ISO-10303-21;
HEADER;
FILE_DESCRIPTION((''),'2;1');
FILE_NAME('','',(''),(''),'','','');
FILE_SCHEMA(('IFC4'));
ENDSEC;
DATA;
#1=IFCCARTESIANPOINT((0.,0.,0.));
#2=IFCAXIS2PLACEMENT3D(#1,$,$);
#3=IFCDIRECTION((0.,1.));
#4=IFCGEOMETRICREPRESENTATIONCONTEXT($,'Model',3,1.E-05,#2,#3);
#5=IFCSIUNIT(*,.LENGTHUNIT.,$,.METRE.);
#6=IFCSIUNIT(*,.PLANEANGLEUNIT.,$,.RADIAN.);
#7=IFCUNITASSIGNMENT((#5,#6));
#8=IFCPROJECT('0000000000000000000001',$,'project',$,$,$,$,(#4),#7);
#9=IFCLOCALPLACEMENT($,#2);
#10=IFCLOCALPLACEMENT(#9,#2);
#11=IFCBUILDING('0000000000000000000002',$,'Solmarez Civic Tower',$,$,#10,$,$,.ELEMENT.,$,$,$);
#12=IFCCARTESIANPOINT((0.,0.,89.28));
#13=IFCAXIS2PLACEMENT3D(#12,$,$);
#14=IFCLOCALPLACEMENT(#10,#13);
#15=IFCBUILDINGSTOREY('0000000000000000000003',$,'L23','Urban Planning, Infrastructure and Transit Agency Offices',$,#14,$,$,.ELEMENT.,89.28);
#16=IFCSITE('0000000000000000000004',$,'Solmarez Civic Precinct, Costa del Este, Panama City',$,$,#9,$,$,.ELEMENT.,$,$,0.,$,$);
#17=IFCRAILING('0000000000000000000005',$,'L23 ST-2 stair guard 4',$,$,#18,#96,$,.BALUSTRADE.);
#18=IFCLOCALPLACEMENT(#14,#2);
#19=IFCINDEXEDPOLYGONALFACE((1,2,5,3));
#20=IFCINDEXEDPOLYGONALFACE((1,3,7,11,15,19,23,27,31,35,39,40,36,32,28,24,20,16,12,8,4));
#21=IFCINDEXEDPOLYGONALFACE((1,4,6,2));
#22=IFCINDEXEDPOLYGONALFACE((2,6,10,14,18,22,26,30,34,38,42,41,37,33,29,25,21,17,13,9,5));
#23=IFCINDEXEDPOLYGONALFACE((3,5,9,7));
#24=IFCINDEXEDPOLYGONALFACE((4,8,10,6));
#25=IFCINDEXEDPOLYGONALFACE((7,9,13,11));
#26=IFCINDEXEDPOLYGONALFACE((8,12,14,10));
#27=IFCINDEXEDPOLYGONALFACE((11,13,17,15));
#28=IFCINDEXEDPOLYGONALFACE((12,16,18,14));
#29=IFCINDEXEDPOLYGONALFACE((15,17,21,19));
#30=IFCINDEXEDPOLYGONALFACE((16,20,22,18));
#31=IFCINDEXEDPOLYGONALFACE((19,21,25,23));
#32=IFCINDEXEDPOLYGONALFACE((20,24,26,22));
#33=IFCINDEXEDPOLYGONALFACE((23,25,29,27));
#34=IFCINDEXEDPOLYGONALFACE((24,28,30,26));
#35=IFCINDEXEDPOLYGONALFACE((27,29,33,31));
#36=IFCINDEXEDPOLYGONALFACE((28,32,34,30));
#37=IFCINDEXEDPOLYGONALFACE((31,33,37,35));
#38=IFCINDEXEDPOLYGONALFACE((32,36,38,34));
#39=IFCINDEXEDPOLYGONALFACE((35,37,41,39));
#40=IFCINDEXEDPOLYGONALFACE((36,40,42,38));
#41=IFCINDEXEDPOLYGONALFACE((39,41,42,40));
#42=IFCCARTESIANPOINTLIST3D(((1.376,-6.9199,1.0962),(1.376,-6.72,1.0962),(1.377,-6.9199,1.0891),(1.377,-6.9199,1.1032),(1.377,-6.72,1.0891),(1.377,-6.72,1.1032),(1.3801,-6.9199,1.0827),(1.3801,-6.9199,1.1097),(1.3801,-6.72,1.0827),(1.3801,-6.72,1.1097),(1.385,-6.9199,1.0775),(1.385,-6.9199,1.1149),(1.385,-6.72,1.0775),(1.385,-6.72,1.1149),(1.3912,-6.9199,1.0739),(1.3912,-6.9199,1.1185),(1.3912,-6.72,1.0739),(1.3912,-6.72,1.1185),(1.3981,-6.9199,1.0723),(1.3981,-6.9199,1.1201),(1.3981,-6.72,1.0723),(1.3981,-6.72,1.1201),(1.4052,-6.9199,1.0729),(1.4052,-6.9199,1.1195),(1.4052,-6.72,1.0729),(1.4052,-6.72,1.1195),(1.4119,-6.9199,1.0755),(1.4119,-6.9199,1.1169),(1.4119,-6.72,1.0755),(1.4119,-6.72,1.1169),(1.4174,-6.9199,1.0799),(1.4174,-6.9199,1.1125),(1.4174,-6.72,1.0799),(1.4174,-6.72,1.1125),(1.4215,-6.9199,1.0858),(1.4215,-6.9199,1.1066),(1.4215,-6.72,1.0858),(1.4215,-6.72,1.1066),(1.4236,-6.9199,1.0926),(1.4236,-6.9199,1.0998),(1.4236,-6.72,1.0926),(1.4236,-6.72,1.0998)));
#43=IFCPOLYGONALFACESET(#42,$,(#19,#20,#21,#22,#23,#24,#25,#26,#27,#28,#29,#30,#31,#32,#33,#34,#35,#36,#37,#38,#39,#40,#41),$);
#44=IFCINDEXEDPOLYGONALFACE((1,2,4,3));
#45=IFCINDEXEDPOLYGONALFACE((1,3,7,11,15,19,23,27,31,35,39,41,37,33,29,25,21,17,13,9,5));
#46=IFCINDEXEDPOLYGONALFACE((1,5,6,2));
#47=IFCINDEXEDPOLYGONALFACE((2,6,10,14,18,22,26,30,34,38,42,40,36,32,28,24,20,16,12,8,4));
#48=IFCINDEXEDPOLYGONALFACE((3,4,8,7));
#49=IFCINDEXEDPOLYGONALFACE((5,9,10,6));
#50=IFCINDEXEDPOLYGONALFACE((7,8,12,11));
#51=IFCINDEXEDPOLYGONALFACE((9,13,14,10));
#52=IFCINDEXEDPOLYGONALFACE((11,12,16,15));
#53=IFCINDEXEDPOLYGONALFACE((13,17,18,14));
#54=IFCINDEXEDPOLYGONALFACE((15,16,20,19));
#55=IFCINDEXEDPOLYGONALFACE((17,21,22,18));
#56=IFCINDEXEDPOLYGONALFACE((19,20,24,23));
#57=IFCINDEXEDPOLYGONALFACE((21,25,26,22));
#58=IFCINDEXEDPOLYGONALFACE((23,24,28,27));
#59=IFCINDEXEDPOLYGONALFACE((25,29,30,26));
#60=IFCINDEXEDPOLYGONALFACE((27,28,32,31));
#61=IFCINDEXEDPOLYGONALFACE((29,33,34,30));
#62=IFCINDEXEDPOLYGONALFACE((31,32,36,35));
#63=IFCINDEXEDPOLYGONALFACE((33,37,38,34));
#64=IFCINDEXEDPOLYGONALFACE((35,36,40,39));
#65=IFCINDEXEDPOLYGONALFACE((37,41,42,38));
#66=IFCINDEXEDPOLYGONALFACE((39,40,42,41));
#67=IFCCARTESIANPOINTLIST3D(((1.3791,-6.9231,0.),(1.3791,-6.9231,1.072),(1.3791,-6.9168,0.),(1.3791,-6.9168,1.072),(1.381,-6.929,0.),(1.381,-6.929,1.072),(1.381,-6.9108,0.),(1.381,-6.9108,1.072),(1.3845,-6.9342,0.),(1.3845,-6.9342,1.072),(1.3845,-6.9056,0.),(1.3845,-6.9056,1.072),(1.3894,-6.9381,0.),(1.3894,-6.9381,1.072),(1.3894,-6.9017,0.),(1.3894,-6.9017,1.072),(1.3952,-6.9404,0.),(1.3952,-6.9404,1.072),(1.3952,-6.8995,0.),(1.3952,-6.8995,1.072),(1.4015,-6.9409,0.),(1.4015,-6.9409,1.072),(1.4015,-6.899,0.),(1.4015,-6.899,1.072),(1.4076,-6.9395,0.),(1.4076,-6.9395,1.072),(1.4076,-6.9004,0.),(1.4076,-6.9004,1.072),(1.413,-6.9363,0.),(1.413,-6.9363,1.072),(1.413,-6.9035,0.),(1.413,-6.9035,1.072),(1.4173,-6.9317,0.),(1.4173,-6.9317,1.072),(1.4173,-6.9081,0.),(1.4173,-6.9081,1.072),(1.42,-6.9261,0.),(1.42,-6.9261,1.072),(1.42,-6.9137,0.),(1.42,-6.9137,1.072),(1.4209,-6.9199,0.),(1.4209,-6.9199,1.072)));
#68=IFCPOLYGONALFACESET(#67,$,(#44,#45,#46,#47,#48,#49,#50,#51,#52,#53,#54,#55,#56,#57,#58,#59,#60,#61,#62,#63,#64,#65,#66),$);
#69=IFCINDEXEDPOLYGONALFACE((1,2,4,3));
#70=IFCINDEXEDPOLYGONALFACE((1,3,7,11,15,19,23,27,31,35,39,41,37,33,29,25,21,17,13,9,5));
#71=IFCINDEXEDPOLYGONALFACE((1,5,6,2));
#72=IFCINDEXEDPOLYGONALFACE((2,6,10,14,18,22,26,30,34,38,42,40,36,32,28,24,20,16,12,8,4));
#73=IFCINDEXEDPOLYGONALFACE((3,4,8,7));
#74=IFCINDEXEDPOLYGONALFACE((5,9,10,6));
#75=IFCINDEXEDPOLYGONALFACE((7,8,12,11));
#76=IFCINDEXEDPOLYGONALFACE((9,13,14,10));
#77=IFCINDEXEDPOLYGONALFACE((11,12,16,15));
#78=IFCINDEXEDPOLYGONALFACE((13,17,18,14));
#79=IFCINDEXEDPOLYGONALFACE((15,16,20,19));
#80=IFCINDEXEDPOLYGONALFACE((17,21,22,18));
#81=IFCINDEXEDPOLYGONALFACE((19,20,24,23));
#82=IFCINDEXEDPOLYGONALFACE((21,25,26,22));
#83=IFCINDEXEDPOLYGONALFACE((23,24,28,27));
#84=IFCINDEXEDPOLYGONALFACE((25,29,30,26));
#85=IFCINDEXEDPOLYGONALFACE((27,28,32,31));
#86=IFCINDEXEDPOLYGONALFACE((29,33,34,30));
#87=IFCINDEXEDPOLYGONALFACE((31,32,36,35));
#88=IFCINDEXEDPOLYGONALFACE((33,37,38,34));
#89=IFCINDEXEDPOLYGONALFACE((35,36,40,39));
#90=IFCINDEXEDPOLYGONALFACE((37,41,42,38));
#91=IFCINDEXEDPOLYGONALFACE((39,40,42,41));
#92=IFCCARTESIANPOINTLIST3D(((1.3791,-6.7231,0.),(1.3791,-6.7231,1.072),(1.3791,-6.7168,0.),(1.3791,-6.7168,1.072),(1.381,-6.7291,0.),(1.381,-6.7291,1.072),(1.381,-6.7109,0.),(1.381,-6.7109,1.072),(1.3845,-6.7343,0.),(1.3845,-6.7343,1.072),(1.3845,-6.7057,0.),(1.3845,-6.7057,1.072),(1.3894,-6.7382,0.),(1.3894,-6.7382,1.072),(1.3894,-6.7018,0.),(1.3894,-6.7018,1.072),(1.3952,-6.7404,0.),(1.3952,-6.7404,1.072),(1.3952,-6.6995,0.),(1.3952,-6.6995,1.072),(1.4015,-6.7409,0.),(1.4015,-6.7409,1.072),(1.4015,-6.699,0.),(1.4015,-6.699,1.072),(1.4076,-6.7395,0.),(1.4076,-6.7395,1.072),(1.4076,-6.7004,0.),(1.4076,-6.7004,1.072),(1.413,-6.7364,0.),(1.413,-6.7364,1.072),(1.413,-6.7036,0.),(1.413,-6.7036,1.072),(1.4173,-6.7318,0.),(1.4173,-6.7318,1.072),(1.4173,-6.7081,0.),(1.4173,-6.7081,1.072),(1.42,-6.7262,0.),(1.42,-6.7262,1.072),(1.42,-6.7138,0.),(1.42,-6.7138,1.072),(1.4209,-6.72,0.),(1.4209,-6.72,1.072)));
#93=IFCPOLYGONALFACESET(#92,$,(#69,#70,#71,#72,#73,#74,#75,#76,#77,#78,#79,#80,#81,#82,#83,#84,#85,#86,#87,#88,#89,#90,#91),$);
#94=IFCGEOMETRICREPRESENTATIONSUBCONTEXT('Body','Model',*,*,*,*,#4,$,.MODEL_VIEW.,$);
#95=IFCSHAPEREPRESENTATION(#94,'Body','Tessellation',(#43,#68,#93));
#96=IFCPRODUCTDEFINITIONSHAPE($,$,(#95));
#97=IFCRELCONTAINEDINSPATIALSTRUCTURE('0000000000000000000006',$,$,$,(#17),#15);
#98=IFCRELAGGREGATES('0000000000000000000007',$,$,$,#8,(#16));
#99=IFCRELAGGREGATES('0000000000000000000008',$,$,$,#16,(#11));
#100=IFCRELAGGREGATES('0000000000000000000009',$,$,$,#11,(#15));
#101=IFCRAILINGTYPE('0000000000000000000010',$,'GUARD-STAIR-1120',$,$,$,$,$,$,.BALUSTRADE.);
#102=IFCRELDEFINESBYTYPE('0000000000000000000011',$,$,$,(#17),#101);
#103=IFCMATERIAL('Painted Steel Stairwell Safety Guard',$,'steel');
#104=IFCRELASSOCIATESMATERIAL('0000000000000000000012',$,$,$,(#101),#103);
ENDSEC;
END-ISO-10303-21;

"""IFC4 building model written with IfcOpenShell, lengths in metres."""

from ifc_helpers import new_model, si_unit, direction, frame, origin, origin_2d, place, context, subcontext, project, spatial, circle, extrude, material, type_object, element, save


model = new_model("IFC4")

# Units and contexts
model_context = context("Model", 3, precision=1e-05, world=origin(), true_north=direction((0.0, 1.0)))
body_context = subcontext(model_context, "Body", "Model", "MODEL_VIEW")
ifc_project = project(units=[si_unit("LENGTHUNIT", "METRE"), si_unit("PLANEANGLEUNIT", "RADIAN")], contexts=[model_context])

# Site, building, storey
site_placement = place(None, origin())
site = spatial("IfcSite", under=ifc_project, at=site_placement, Name="Solmarez Civic Precinct, Costa del Este, Panama City", CompositionType="ELEMENT", RefElevation=0.0)
building_placement = place(site_placement, origin())
building = spatial("IfcBuilding", under=site, at=building_placement, Name="Solmarez Civic Tower", CompositionType="ELEMENT")
storey_placement = place(building_placement, frame((0.0, 0.0, 89.28)))
storey = spatial("IfcBuildingStorey", under=building, at=storey_placement, Name="L23", Description="Urban Planning, Infrastructure and Transit Agency Offices", CompositionType="ELEMENT", Elevation=89.28)

# Railing
ifc_material_1 = material(Name="Painted Steel Stairwell Safety Guard", Category="steel")
railing_type_1 = type_object("IfcRailingType", Name="GUARD-STAIR-1120", PredefinedType="BALUSTRADE", material=ifc_material_1)
railing_1_placement = place(storey_placement, frame((1.3999, -6.9199, 0.0)))
element("IfcRailing", 1, at=railing_1_placement, inside=storey, type_object=railing_type_1, Name="L23 ST-2 stair guard 4", PredefinedType="BALUSTRADE", context=body_context, shape_type="SweptSolid", body=[
    extrude(circle(Radius=0.0239, at=origin_2d()), frame((0.0, 0.0, 1.0962), z_axis=(0.0, 1.0, 0.0), x_axis=(-1.0, 0.0, 0.0)), (0.0, 0.0, 1.0), 0.2),
    extrude(circle(Radius=0.021, at=origin_2d()), origin(), (0.0, 0.0, 1.0), 1.072),
    extrude(circle(Radius=0.021, at=origin_2d()), frame((0.0, 0.2, 0.0)), (0.0, 0.0, 1.0), 1.072),
])

save(model, "model.ifc")
